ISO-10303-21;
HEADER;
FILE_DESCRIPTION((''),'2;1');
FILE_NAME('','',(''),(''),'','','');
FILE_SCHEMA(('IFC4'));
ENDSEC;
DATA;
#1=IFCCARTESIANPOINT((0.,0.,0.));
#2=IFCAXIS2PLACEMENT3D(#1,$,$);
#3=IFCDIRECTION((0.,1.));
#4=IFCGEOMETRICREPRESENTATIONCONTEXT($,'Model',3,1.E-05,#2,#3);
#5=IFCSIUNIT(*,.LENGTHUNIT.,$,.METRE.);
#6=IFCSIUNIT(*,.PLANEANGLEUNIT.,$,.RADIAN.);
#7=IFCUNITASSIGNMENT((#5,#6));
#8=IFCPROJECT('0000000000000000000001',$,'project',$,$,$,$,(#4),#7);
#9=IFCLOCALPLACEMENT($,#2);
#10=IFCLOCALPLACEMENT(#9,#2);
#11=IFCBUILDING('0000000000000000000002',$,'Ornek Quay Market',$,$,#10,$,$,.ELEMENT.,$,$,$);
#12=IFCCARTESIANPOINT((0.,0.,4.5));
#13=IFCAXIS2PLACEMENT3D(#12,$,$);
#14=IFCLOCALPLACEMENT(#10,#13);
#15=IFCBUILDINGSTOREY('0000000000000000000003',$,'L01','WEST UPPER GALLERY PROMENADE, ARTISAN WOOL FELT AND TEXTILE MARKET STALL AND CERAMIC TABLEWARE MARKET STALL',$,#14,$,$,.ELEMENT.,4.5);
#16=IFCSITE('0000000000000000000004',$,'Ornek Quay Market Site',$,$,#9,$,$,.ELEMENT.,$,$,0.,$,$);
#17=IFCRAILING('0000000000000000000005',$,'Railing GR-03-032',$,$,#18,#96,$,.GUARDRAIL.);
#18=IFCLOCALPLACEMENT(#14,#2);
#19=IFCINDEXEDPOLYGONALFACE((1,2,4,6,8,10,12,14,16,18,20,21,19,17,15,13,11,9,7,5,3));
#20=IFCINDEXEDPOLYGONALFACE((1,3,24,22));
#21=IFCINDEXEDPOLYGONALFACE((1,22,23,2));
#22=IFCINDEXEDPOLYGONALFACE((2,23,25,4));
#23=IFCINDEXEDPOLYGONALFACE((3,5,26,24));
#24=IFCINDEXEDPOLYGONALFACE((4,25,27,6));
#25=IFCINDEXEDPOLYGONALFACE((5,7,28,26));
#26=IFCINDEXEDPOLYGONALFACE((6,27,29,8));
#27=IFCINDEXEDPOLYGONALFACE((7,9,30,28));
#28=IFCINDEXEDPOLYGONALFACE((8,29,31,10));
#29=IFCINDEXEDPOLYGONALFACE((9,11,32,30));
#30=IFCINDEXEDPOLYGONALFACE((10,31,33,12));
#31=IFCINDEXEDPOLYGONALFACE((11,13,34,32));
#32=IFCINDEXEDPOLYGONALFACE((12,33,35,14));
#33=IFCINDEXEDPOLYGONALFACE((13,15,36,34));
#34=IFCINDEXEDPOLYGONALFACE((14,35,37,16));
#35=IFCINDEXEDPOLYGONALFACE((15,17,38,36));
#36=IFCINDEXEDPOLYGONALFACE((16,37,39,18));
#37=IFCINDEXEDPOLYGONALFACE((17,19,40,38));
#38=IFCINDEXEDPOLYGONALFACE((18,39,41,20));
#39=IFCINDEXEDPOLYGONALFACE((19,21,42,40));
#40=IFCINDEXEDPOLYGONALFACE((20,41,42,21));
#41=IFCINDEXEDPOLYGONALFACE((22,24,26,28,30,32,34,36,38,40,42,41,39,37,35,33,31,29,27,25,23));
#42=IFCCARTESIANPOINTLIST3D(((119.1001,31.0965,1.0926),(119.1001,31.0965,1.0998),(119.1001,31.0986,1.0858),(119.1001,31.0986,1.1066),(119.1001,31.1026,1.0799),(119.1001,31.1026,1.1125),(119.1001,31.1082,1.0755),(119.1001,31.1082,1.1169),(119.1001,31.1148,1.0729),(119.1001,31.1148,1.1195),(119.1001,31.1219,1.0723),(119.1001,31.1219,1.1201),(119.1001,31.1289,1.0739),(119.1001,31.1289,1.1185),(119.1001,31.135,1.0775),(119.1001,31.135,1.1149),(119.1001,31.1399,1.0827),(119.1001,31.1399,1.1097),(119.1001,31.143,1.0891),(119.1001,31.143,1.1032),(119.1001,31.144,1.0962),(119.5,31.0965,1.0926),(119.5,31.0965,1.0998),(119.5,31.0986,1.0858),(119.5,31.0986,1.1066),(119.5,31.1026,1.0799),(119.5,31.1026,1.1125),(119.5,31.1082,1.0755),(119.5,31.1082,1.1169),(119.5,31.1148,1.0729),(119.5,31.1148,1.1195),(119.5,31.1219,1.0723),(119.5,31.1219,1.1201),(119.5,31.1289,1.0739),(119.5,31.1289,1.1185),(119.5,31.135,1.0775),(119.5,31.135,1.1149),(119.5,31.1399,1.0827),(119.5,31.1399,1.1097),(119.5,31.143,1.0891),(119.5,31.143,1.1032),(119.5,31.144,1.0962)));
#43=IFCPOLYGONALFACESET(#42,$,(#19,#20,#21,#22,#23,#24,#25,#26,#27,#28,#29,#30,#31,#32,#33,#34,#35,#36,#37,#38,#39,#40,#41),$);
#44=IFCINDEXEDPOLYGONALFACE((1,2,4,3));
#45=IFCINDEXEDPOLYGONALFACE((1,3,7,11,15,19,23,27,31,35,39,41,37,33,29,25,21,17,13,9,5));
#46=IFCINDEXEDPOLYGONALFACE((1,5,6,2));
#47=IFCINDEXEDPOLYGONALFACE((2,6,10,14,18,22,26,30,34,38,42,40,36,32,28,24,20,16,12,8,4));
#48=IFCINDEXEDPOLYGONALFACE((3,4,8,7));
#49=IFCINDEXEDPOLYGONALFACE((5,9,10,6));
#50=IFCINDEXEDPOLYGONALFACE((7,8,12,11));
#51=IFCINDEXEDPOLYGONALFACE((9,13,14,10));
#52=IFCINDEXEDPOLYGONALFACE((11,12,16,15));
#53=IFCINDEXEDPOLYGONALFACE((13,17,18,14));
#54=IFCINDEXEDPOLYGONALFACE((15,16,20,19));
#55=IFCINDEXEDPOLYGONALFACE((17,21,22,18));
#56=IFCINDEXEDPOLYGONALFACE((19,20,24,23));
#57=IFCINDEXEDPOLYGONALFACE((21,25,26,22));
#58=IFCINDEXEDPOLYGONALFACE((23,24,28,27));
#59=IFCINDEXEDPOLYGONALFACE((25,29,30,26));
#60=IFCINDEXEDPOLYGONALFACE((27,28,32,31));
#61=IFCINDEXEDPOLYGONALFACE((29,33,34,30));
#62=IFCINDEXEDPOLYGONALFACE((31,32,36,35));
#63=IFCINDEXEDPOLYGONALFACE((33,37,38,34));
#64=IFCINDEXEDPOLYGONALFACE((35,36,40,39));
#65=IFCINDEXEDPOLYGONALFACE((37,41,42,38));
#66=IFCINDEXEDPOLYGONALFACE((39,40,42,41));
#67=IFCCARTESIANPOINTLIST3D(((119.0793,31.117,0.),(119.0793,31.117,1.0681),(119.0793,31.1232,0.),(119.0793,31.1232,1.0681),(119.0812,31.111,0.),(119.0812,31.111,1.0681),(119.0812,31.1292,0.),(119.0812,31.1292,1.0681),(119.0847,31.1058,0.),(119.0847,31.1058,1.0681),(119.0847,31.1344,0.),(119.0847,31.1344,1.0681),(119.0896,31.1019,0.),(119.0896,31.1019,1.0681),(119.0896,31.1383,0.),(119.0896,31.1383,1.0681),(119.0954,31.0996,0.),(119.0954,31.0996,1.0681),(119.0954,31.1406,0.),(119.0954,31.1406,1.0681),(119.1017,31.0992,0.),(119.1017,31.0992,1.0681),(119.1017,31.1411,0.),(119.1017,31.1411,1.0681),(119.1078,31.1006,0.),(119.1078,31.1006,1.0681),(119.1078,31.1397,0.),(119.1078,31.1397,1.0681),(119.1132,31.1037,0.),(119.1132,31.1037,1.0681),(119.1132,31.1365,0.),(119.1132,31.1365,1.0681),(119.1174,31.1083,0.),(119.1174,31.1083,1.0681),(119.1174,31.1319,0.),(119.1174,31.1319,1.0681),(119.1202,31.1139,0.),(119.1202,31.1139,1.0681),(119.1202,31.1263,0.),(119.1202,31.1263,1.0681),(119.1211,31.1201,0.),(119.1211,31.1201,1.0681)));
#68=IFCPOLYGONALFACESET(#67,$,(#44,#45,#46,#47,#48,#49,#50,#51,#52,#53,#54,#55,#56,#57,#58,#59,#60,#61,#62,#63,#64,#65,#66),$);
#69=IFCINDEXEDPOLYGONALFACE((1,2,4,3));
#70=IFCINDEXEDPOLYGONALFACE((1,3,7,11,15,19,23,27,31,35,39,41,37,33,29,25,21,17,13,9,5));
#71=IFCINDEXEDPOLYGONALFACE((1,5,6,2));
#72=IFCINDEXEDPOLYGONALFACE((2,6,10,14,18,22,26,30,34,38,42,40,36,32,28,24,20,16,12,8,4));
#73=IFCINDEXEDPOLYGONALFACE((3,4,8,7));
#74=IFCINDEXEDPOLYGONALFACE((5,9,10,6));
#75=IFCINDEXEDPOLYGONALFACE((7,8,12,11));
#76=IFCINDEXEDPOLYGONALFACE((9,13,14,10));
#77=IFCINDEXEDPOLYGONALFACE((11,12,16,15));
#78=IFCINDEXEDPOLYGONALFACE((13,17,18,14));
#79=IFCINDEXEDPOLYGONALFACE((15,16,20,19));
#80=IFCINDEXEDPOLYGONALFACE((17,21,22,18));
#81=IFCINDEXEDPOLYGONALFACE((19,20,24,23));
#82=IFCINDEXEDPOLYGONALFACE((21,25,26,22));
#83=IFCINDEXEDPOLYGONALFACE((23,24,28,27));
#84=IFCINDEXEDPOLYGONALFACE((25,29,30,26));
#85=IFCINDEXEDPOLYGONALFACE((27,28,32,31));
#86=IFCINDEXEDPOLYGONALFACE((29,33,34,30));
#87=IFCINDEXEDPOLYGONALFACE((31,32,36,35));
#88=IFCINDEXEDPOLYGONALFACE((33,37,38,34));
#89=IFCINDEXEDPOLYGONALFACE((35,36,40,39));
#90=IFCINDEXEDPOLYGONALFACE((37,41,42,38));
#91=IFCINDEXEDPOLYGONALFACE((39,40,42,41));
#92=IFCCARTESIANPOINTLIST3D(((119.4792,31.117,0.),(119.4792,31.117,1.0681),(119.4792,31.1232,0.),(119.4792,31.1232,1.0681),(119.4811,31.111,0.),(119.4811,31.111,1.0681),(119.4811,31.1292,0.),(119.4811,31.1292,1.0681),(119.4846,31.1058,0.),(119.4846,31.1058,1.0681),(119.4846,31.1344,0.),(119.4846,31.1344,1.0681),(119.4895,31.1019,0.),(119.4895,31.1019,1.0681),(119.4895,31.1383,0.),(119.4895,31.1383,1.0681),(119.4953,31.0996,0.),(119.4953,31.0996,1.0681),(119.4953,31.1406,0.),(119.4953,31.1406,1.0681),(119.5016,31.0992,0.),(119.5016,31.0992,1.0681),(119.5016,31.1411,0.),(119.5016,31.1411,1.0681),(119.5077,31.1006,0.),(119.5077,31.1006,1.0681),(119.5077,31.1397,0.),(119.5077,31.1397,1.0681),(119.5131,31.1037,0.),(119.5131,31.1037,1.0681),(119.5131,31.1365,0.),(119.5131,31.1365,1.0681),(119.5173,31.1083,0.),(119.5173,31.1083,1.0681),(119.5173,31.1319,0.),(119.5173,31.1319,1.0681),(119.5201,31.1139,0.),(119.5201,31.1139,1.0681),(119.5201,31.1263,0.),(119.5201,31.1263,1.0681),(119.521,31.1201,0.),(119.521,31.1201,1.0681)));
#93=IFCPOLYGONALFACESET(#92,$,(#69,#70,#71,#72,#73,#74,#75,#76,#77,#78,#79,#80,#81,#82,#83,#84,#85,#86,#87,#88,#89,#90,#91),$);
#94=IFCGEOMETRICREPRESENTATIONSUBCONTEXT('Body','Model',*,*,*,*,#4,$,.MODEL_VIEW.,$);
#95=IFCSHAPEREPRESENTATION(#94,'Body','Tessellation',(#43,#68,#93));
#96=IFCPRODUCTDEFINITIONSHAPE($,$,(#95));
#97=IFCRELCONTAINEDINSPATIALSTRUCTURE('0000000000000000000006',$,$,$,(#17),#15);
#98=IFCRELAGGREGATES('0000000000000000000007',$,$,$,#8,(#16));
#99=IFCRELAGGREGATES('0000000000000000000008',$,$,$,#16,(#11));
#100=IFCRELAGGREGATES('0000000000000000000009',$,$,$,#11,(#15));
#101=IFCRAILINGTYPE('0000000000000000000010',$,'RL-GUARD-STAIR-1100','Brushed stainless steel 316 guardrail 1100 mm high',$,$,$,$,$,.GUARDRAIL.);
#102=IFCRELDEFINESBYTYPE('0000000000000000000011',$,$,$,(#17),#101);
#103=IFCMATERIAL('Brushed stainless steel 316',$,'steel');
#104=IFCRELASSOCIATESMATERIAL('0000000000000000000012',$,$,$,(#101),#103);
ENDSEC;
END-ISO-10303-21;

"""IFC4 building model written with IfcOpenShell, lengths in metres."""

from ifc_helpers import new_model, si_unit, direction, frame, origin, origin_2d, place, context, subcontext, project, spatial, circle, extrude, material, type_object, element, save


model = new_model("IFC4")

# Units and contexts
model_context = context("Model", 3, precision=1e-05, world=origin(), true_north=direction((0.0, 1.0)))
body_context = subcontext(model_context, "Body", "Model", "MODEL_VIEW")
ifc_project = project(units=[si_unit("LENGTHUNIT", "METRE"), si_unit("PLANEANGLEUNIT", "RADIAN")], contexts=[model_context])

# Site, building, storey
site_placement = place(None, origin())
site = spatial("IfcSite", under=ifc_project, at=site_placement, Name="Ornek Quay Market Site", CompositionType="ELEMENT", RefElevation=0.0)
building_placement = place(site_placement, origin())
building = spatial("IfcBuilding", under=site, at=building_placement, Name="Ornek Quay Market", CompositionType="ELEMENT")
storey_placement = place(building_placement, frame((0.0, 0.0, 4.5)))
storey = spatial("IfcBuildingStorey", under=building, at=storey_placement, Name="L01", Description="WEST UPPER GALLERY PROMENADE, ARTISAN WOOL FELT AND TEXTILE MARKET STALL AND CERAMIC TABLEWARE MARKET STALL", CompositionType="ELEMENT", Elevation=4.5)

# Railing
ifc_material_1 = material(Name="Brushed stainless steel 316", Category="steel")
railing_type_1 = type_object("IfcRailingType", Name="RL-GUARD-STAIR-1100", Description="Brushed stainless steel 316 guardrail 1100 mm high", PredefinedType="GUARDRAIL", material=ifc_material_1)
railing_1_placement = place(storey_placement, frame((119.1001, 31.1201, 0.0)))
element("IfcRailing", 1, at=railing_1_placement, inside=storey, type_object=railing_type_1, Name="Railing GR-03-032", PredefinedType="GUARDRAIL", context=body_context, shape_type="SweptSolid", body=[
    extrude(circle(Radius=0.0239, at=origin_2d()), frame((0.0, 0.0, 1.0962), z_axis=(1.0, 0.0, 0.0), x_axis=(0.0, 1.0, 0.0)), (0.0, 0.0, 1.0), 0.3999),
    extrude(circle(Radius=0.021, at=origin_2d()), origin(), (0.0, 0.0, 1.0), 1.0681),
    extrude(circle(Radius=0.021, at=origin_2d()), frame((0.3999, 0.0, 0.0)), (0.0, 0.0, 1.0), 1.0681),
])

save(model, "model.ifc")
